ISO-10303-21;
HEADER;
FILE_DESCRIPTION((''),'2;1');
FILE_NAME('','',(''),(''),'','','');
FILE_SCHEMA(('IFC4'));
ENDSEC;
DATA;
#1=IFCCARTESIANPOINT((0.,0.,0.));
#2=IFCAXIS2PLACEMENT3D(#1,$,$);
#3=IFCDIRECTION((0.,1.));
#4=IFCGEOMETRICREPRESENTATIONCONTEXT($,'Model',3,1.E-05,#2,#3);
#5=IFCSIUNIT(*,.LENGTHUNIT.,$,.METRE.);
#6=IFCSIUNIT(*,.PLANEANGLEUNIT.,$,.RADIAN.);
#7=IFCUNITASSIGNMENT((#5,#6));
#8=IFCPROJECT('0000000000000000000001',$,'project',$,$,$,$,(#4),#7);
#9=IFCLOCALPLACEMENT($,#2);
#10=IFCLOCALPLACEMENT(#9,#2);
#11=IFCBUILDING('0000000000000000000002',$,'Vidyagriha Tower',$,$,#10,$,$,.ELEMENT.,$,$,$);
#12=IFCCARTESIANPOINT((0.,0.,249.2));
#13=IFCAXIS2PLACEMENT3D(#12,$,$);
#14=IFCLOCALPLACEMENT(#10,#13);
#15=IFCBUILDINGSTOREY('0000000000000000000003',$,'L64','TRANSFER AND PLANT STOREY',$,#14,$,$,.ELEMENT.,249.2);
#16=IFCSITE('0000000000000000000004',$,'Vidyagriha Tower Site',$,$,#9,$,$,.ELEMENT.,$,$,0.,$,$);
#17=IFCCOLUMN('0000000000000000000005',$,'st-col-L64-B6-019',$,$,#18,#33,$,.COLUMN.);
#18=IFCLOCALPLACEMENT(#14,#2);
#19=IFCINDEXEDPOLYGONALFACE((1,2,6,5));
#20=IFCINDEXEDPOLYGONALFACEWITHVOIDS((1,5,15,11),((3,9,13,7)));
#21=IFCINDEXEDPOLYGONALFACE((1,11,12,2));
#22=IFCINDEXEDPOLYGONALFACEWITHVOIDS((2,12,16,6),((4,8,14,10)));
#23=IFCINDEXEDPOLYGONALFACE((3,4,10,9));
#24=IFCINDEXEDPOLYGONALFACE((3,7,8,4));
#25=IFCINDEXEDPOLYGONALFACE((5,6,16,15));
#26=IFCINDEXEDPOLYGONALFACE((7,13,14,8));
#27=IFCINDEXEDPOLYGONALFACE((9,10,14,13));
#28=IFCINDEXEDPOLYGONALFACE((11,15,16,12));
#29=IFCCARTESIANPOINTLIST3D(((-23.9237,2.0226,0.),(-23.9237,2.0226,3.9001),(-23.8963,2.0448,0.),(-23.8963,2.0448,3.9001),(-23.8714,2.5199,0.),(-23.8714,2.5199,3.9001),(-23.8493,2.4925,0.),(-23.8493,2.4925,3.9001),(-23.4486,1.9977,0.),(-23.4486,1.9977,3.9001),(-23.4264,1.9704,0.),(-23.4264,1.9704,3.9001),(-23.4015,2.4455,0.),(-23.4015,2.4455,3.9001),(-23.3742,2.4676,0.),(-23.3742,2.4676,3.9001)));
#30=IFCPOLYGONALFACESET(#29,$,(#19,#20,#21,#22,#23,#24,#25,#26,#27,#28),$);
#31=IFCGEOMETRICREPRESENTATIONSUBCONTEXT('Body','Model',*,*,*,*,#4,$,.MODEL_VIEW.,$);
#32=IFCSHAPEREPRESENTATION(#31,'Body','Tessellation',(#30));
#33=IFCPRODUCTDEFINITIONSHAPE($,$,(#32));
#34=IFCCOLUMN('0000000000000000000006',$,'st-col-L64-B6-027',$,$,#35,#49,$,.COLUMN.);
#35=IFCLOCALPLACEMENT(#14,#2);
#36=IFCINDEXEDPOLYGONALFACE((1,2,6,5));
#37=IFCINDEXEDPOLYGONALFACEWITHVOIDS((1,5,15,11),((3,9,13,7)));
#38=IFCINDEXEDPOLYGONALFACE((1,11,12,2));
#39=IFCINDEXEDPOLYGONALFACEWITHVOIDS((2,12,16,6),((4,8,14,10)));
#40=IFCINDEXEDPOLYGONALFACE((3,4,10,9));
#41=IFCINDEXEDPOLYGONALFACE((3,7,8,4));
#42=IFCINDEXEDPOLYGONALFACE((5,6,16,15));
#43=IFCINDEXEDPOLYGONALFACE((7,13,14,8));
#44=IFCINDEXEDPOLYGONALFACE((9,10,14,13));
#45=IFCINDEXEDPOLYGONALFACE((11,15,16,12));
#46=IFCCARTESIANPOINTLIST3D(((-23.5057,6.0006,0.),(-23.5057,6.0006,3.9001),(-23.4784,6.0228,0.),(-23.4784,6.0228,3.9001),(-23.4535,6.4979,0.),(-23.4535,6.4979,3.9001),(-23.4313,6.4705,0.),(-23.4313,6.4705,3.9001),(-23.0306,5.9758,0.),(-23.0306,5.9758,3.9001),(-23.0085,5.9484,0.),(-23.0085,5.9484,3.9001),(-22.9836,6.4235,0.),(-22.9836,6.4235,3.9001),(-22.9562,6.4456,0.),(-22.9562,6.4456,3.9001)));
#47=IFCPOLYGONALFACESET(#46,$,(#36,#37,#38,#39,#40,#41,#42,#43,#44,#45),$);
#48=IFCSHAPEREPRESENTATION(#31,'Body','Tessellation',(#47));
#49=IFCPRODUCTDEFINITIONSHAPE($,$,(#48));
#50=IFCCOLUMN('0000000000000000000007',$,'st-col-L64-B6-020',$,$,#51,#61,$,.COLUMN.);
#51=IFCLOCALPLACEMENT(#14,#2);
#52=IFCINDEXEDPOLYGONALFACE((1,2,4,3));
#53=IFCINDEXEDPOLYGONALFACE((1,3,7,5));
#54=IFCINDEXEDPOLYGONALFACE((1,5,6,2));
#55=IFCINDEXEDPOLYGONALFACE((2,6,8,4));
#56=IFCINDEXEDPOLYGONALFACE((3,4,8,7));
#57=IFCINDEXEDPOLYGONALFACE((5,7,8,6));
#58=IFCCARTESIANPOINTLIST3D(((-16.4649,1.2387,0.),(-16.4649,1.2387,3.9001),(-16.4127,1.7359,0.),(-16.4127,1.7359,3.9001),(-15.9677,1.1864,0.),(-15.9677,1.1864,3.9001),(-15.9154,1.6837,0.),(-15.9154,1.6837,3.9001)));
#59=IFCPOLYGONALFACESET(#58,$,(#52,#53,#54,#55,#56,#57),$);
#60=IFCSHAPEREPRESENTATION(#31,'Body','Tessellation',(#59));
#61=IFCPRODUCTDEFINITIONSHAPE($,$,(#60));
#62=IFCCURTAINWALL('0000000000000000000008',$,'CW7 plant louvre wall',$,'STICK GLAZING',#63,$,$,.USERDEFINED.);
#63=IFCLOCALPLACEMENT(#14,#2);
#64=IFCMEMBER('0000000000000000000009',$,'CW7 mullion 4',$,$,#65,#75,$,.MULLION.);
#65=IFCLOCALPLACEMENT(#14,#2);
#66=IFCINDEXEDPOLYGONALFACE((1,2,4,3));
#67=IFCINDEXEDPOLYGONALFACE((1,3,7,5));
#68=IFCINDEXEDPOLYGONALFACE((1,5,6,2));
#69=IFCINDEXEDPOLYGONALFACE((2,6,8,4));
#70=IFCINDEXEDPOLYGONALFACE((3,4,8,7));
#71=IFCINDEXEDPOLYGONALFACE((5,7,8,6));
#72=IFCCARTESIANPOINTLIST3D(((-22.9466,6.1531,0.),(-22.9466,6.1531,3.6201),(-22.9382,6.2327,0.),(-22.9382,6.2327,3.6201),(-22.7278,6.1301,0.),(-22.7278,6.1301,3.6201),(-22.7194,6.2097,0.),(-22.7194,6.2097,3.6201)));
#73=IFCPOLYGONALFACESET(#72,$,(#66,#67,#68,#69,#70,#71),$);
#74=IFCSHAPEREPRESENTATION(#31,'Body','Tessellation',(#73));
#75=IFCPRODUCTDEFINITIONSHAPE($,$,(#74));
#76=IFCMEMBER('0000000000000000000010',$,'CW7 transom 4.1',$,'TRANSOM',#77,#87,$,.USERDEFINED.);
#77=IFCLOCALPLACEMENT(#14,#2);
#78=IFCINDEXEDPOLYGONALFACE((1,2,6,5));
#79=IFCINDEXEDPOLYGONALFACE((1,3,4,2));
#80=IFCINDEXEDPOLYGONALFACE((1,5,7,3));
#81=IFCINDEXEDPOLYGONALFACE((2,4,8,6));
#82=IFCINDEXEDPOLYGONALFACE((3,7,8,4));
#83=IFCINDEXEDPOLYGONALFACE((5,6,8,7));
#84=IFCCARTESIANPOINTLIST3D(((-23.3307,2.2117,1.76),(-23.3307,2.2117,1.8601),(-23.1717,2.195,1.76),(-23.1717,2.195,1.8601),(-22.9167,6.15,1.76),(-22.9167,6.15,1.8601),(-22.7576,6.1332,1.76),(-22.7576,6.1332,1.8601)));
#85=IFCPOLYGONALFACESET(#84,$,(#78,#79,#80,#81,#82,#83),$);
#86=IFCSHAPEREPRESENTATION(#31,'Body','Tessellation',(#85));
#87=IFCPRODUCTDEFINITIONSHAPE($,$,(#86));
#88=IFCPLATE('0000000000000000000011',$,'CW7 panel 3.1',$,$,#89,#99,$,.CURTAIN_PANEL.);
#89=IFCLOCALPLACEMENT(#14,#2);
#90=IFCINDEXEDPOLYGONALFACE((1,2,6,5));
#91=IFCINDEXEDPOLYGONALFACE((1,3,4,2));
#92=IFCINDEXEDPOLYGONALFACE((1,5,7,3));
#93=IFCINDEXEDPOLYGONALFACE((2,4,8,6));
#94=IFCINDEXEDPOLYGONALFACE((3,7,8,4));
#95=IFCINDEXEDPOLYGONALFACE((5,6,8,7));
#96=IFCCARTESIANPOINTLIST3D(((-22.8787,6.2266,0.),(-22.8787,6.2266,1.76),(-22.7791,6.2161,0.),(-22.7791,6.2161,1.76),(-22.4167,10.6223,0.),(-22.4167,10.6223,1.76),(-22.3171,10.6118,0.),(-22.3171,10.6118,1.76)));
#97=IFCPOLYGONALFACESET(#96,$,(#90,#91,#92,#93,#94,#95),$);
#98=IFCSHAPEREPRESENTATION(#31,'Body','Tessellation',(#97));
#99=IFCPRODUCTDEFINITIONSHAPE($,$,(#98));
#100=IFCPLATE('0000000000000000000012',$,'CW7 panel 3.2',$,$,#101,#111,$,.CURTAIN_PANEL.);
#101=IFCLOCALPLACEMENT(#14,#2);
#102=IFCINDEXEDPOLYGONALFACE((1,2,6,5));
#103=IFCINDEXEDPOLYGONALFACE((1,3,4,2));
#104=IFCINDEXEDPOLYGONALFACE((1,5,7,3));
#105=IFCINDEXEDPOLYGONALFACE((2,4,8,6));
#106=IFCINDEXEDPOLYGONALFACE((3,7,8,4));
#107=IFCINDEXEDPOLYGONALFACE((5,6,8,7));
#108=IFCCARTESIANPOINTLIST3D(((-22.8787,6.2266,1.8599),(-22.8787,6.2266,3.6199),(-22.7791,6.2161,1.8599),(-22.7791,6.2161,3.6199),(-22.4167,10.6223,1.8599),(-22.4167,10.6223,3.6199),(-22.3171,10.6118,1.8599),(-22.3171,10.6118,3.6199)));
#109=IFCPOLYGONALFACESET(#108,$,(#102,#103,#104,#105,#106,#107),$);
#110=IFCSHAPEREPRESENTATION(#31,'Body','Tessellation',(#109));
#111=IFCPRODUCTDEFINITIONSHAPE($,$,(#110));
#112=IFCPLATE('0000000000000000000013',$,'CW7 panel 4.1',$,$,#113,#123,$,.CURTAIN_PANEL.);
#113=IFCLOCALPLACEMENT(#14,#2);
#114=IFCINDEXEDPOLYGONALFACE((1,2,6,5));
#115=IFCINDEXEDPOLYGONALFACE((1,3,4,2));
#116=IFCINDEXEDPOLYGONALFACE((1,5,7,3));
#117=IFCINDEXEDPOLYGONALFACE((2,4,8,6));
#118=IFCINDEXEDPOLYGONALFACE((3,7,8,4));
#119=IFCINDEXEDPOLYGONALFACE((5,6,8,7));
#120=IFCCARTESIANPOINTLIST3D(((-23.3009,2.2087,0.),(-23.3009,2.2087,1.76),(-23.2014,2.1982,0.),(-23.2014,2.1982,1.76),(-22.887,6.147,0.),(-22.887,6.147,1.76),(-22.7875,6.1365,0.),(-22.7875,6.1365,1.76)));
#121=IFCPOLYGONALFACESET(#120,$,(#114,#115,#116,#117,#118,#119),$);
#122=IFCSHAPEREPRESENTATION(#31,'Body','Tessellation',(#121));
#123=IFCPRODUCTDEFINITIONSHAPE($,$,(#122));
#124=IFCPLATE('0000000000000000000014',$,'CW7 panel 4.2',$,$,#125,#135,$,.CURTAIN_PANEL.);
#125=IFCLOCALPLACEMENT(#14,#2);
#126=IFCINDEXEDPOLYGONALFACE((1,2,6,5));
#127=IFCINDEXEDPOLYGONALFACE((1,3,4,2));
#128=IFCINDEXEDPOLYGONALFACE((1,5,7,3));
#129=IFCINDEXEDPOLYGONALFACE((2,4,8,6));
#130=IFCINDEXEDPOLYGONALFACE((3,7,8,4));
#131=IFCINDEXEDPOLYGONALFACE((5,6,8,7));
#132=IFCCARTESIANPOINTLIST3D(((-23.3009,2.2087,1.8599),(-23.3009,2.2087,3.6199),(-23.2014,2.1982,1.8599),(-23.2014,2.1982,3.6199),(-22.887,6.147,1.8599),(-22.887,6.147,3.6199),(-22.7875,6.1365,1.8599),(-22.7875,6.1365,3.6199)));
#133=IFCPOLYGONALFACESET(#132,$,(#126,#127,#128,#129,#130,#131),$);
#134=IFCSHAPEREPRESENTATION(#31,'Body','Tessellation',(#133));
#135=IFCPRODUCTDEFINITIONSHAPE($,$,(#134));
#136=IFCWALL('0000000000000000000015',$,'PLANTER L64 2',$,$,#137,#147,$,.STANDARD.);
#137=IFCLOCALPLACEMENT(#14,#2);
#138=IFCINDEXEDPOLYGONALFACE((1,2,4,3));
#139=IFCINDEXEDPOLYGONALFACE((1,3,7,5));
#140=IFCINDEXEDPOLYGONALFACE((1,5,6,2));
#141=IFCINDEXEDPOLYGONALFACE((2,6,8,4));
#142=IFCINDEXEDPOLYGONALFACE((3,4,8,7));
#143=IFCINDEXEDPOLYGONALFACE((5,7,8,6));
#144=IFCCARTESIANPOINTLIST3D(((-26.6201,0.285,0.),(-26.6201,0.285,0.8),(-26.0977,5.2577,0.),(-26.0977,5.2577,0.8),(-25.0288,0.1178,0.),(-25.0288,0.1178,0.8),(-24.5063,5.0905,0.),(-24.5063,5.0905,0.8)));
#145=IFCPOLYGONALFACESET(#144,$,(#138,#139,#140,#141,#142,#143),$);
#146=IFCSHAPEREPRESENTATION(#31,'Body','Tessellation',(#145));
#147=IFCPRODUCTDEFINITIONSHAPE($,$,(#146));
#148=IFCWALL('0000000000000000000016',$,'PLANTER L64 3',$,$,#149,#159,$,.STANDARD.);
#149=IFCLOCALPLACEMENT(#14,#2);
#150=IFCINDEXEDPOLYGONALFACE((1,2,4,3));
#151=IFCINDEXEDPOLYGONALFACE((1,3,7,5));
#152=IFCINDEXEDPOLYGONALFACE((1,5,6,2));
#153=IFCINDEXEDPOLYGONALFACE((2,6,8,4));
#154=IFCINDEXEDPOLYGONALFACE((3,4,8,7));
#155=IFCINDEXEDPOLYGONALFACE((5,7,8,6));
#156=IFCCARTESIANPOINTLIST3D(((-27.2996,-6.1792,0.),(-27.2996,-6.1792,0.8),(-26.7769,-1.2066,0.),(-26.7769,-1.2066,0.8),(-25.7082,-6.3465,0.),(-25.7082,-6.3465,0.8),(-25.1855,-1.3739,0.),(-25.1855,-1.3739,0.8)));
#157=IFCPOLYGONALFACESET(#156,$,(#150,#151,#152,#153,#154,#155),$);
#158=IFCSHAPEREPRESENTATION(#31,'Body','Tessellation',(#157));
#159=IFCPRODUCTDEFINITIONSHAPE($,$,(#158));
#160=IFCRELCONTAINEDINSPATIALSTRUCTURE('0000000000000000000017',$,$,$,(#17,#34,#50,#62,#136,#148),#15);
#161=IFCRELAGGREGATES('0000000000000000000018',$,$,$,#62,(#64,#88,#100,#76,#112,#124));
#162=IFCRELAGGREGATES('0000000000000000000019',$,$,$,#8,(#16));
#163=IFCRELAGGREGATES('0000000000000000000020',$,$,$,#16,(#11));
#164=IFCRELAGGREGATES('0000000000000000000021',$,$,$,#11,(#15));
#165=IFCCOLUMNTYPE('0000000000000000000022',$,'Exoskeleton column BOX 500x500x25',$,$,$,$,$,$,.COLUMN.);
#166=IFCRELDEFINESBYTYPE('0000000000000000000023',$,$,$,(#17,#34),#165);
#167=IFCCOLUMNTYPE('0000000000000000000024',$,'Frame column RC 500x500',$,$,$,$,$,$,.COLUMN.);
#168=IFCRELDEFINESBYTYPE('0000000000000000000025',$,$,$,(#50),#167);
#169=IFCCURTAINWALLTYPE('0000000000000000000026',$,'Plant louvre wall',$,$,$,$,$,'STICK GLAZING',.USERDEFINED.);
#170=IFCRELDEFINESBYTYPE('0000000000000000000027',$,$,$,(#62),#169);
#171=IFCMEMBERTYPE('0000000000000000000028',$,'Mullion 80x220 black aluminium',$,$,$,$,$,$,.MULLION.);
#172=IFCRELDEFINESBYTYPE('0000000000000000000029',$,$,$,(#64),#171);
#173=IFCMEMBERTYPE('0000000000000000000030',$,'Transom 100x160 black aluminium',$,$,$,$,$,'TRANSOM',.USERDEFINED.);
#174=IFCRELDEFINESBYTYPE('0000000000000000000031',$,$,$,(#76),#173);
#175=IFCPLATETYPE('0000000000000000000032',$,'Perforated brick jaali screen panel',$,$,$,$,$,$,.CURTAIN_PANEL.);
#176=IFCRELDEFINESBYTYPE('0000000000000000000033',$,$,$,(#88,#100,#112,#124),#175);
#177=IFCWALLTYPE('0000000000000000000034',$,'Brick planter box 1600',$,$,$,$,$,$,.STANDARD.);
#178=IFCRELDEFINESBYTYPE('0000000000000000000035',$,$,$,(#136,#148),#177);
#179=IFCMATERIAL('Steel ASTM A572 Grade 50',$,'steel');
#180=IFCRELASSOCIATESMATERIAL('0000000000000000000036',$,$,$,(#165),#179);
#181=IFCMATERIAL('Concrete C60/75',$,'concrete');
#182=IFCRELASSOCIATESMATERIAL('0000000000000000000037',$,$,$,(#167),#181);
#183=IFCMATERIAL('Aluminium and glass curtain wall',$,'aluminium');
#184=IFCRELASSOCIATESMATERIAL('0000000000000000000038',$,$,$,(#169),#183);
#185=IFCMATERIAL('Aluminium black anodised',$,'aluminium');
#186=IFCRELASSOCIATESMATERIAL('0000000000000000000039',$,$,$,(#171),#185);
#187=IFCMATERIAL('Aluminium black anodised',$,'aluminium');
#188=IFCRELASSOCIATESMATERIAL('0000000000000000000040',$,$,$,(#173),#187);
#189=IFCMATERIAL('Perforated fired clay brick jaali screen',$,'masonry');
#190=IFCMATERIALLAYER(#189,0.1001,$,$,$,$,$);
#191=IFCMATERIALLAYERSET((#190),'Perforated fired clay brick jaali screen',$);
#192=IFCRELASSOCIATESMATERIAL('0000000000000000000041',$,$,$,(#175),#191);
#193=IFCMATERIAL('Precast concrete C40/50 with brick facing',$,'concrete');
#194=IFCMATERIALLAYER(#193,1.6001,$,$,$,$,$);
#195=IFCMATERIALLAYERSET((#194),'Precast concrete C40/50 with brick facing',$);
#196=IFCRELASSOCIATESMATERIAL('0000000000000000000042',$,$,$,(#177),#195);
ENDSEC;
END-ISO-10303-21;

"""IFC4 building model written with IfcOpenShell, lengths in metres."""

from ifc_helpers import new_model, si_unit, direction, frame, frame_2d, origin, origin_2d, place, context, subcontext, project, spatial, rectangle, hollow_rectangle, extrude, material, layer, layer_set, material_profile, profile_set, type_object, element, aggregate, save


model = new_model("IFC4")

# Units and contexts
model_context = context("Model", 3, precision=1e-05, world=origin(), true_north=direction((0.0, 1.0)))
body_context = subcontext(model_context, "Body", "Model", "MODEL_VIEW")
ifc_project = project(units=[si_unit("LENGTHUNIT", "METRE"), si_unit("PLANEANGLEUNIT", "RADIAN")], contexts=[model_context])

# Site, building, storey
site_placement = place(None, origin())
site = spatial("IfcSite", under=ifc_project, at=site_placement, Name="Vidyagriha Tower Site", CompositionType="ELEMENT", RefElevation=0.0)
building_placement = place(site_placement, origin())
building = spatial("IfcBuilding", under=site, at=building_placement, Name="Vidyagriha Tower", CompositionType="ELEMENT")
storey_placement = place(building_placement, frame((0.0, 0.0, 249.2)))
storey = spatial("IfcBuildingStorey", under=building, at=storey_placement, Name="L64", Description="TRANSFER AND PLANT STOREY", CompositionType="ELEMENT", Elevation=249.2)

# Columns
ifc_material_1 = material(Name="Steel ASTM A572 Grade 50", Category="steel")
ifc_material_profile_1 = material_profile(ifc_material_1, hollow_rectangle(XDim=0.5, YDim=0.5, WallThickness=0.0249, at=origin_2d()), Name="BOX 500x500x25")
ifc_profile_set_1 = profile_set([ifc_material_profile_1], Name="Steel ASTM A572 Grade 50")
column_type_1 = type_object("IfcColumnType", Name="Exoskeleton column BOX 500x500x25", PredefinedType="COLUMN", material=ifc_profile_set_1)
for number, where, z_axis, x_axis, name in (
    (1, (-23.6489, 2.2451, 0.0), (0.0, 0.0, 1.0), (0.994522, -0.104528, 0.0), "st-col-L64-B6-019"),
    (2, (-23.231, 6.2231, 0.0), (0.0, 0.0, 1.0), (0.994522, -0.104528, 0.0), "st-col-L64-B6-027"),
):
    element("IfcColumn", number, at=place(storey_placement, frame(where, z_axis=z_axis, x_axis=x_axis)), inside=storey, type_object=column_type_1, Name=name, PredefinedType="COLUMN", context=body_context, shape_type="SweptSolid", body=[
        extrude(hollow_rectangle(XDim=0.5, YDim=0.5, WallThickness=0.0249, at=origin_2d()), origin(), (0.0, 0.0, 1.0), 3.9001),
    ])
ifc_material_2 = material(Name="Concrete C60/75", Category="concrete")
ifc_material_profile_2 = material_profile(ifc_material_2, rectangle(XDim=0.5, YDim=0.5, at=origin_2d()), Name="RC 500x500")
ifc_profile_set_2 = profile_set([ifc_material_profile_2], Name="Concrete C60/75")
column_type_2 = type_object("IfcColumnType", Name="Frame column RC 500x500", PredefinedType="COLUMN", material=ifc_profile_set_2)
column_placement = place(storey_placement, frame((-16.1902, 1.4612, 0.0), z_axis=(0.0, 0.0, 1.0), x_axis=(0.994522, -0.104528, 0.0)))
element("IfcColumn", 3, at=column_placement, inside=storey, type_object=column_type_2, Name="st-col-L64-B6-020", PredefinedType="COLUMN", context=body_context, shape_type="SweptSolid", body=[
    extrude(rectangle(XDim=0.5, YDim=0.5, at=origin_2d()), origin(), (0.0, 0.0, 1.0), 3.9001),
])

# Curtain wall, members, plates
ifc_material_3 = material(Name="Aluminium and glass curtain wall", Category="aluminium")
curtain_wall_type = type_object("IfcCurtainWallType", Name="Plant louvre wall", ElementType="STICK GLAZING", PredefinedType="USERDEFINED", material=ifc_material_3)
curtain_wall_placement = place(storey_placement, origin())
curtain_wall = element("IfcCurtainWall", 4, at=curtain_wall_placement, inside=storey, type_object=curtain_wall_type, Name="CW7 plant louvre wall", ObjectType="STICK GLAZING", PredefinedType="USERDEFINED")
ifc_material_4 = material(Name="Aluminium black anodised", Category="aluminium")
ifc_material_profile_3 = material_profile(ifc_material_4, rectangle(XDim=0.22, YDim=0.0801, at=origin_2d()), Name="Mullion 80x220 black aluminium")
ifc_profile_set_3 = profile_set([ifc_material_profile_3], Name="Aluminium black anodised")
member_type_1 = type_object("IfcMemberType", Name="Mullion 80x220 black aluminium", PredefinedType="MULLION", material=ifc_profile_set_3)
member_1_placement = place(storey_placement, frame((-22.833, 6.1814, 0.0), z_axis=(0.0, 0.0, 1.0), x_axis=(0.994522, -0.104528, 0.0)))
member_1 = element("IfcMember", 5, at=member_1_placement, type_object=member_type_1, Name="CW7 mullion 4", PredefinedType="MULLION", context=body_context, shape_type="SweptSolid", body=[
    extrude(rectangle(XDim=0.22, YDim=0.0801, at=origin_2d()), origin(), (0.0, 0.0, 1.0), 3.6201),
])
ifc_material_5 = material(Name="Aluminium black anodised", Category="aluminium")
ifc_material_profile_4 = material_profile(ifc_material_5, rectangle(XDim=0.1599, YDim=0.1001, at=origin_2d()), Name="Transom 100x160 black aluminium")
ifc_profile_set_4 = profile_set([ifc_material_profile_4], Name="Aluminium black anodised")
member_type_2 = type_object("IfcMemberType", Name="Transom 100x160 black aluminium", ElementType="TRANSOM", PredefinedType="USERDEFINED", material=ifc_profile_set_4)
member_2_placement = place(storey_placement, frame((-22.8372, 6.1416, 1.8101), z_axis=(-0.104563, -0.994518, 0.0), x_axis=(0.994518, -0.104563, 0.0)))
member_2 = element("IfcMember", 6, at=member_2_placement, type_object=member_type_2, Name="CW7 transom 4.1", ObjectType="TRANSOM", PredefinedType="USERDEFINED", context=body_context, shape_type="SweptSolid", body=[
    extrude(rectangle(XDim=0.1599, YDim=0.1001, at=origin_2d()), origin(), (0.0, 0.0, 1.0), 3.96),
])
ifc_material_6 = material(Name="Perforated fired clay brick jaali screen", Category="masonry")
ifc_layer_1 = layer(ifc_material_6, 0.1001)
ifc_layer_set_1 = layer_set([ifc_layer_1], Name="Perforated fired clay brick jaali screen")
plate_type = type_object("IfcPlateType", Name="Perforated brick jaali screen panel", PredefinedType="CURTAIN_PANEL", material=ifc_layer_set_1)
plate_1_placement = place(storey_placement, frame((-22.5979, 8.4192, 0.0), z_axis=(0.0, 0.0, 1.0), x_axis=(-0.104528, -0.994522, 0.0)))
plate_1 = element("IfcPlate", 7, at=plate_1_placement, type_object=plate_type, Name="CW7 panel 3.1", PredefinedType="CURTAIN_PANEL", context=body_context, shape_type="SweptSolid", body=[
    extrude(rectangle(XDim=4.4199, YDim=0.1001, at=origin_2d()), origin(), (0.0, 0.0, 1.0), 1.76),
])
plate_2_placement = place(storey_placement, frame((-22.5979, 8.4192, 1.8599), z_axis=(0.0, 0.0, 1.0), x_axis=(-0.104528, -0.994522, 0.0)))
plate_2 = element("IfcPlate", 8, at=plate_2_placement, type_object=plate_type, Name="CW7 panel 3.2", PredefinedType="CURTAIN_PANEL", context=body_context, shape_type="SweptSolid", body=[
    extrude(rectangle(XDim=4.4199, YDim=0.1001, at=origin_2d()), origin(), (0.0, 0.0, 1.0), 1.76),
])
plate_3_placement = place(storey_placement, frame((-23.0442, 4.1726, 0.0), z_axis=(0.0, 0.0, 1.0), x_axis=(-0.104528, -0.994522, 0.0)))
plate_3 = element("IfcPlate", 9, at=plate_3_placement, type_object=plate_type, Name="CW7 panel 4.1", PredefinedType="CURTAIN_PANEL", context=body_context, shape_type="SweptSolid", body=[
    extrude(rectangle(XDim=3.96, YDim=0.1001, at=origin_2d()), origin(), (0.0, 0.0, 1.0), 1.76),
])
plate_4_placement = place(storey_placement, frame((-23.0442, 4.1726, 1.8599), z_axis=(0.0, 0.0, 1.0), x_axis=(-0.104528, -0.994522, 0.0)))
plate_4 = element("IfcPlate", 10, at=plate_4_placement, type_object=plate_type, Name="CW7 panel 4.2", PredefinedType="CURTAIN_PANEL", context=body_context, shape_type="SweptSolid", body=[
    extrude(rectangle(XDim=3.96, YDim=0.1001, at=origin_2d()), origin(), (0.0, 0.0, 1.0), 1.76),
])
aggregate(curtain_wall, [member_1, plate_1, plate_2, member_2, plate_3, plate_4])

# Walls
ifc_material_7 = material(Name="Precast concrete C40/50 with brick facing", Category="concrete")
ifc_layer_2 = layer(ifc_material_7, 1.6001)
ifc_layer_set_2 = layer_set([ifc_layer_2], Name="Precast concrete C40/50 with brick facing")
wall_type_1 = type_object("IfcWallType", Name="Brick planter box 1600", PredefinedType="STANDARD", material=ifc_layer_set_2)
for number, where, z_axis, x_axis, name in (
    (11, (-25.302, 5.1741, 0.0), (0.0, 0.0, 1.0), (-0.104492, -0.994526, 0.0), "PLANTER L64 2"),
    (12, (-25.9812, -1.2903, 0.0), (0.0, 0.0, 1.0), (-0.10454, -0.994521, 0.0), "PLANTER L64 3"),
):
    element("IfcWall", number, at=place(storey_placement, frame(where, z_axis=z_axis, x_axis=x_axis)), inside=storey, type_object=wall_type_1, Name=name, PredefinedType="STANDARD", context=body_context, shape_type="SweptSolid", body=[
        extrude(rectangle(XDim=5.0, YDim=1.6001, at=frame_2d((2.5, 0.0))), origin(), (0.0, 0.0, 1.0), 0.8),
    ])

save(model, "model.ifc")
